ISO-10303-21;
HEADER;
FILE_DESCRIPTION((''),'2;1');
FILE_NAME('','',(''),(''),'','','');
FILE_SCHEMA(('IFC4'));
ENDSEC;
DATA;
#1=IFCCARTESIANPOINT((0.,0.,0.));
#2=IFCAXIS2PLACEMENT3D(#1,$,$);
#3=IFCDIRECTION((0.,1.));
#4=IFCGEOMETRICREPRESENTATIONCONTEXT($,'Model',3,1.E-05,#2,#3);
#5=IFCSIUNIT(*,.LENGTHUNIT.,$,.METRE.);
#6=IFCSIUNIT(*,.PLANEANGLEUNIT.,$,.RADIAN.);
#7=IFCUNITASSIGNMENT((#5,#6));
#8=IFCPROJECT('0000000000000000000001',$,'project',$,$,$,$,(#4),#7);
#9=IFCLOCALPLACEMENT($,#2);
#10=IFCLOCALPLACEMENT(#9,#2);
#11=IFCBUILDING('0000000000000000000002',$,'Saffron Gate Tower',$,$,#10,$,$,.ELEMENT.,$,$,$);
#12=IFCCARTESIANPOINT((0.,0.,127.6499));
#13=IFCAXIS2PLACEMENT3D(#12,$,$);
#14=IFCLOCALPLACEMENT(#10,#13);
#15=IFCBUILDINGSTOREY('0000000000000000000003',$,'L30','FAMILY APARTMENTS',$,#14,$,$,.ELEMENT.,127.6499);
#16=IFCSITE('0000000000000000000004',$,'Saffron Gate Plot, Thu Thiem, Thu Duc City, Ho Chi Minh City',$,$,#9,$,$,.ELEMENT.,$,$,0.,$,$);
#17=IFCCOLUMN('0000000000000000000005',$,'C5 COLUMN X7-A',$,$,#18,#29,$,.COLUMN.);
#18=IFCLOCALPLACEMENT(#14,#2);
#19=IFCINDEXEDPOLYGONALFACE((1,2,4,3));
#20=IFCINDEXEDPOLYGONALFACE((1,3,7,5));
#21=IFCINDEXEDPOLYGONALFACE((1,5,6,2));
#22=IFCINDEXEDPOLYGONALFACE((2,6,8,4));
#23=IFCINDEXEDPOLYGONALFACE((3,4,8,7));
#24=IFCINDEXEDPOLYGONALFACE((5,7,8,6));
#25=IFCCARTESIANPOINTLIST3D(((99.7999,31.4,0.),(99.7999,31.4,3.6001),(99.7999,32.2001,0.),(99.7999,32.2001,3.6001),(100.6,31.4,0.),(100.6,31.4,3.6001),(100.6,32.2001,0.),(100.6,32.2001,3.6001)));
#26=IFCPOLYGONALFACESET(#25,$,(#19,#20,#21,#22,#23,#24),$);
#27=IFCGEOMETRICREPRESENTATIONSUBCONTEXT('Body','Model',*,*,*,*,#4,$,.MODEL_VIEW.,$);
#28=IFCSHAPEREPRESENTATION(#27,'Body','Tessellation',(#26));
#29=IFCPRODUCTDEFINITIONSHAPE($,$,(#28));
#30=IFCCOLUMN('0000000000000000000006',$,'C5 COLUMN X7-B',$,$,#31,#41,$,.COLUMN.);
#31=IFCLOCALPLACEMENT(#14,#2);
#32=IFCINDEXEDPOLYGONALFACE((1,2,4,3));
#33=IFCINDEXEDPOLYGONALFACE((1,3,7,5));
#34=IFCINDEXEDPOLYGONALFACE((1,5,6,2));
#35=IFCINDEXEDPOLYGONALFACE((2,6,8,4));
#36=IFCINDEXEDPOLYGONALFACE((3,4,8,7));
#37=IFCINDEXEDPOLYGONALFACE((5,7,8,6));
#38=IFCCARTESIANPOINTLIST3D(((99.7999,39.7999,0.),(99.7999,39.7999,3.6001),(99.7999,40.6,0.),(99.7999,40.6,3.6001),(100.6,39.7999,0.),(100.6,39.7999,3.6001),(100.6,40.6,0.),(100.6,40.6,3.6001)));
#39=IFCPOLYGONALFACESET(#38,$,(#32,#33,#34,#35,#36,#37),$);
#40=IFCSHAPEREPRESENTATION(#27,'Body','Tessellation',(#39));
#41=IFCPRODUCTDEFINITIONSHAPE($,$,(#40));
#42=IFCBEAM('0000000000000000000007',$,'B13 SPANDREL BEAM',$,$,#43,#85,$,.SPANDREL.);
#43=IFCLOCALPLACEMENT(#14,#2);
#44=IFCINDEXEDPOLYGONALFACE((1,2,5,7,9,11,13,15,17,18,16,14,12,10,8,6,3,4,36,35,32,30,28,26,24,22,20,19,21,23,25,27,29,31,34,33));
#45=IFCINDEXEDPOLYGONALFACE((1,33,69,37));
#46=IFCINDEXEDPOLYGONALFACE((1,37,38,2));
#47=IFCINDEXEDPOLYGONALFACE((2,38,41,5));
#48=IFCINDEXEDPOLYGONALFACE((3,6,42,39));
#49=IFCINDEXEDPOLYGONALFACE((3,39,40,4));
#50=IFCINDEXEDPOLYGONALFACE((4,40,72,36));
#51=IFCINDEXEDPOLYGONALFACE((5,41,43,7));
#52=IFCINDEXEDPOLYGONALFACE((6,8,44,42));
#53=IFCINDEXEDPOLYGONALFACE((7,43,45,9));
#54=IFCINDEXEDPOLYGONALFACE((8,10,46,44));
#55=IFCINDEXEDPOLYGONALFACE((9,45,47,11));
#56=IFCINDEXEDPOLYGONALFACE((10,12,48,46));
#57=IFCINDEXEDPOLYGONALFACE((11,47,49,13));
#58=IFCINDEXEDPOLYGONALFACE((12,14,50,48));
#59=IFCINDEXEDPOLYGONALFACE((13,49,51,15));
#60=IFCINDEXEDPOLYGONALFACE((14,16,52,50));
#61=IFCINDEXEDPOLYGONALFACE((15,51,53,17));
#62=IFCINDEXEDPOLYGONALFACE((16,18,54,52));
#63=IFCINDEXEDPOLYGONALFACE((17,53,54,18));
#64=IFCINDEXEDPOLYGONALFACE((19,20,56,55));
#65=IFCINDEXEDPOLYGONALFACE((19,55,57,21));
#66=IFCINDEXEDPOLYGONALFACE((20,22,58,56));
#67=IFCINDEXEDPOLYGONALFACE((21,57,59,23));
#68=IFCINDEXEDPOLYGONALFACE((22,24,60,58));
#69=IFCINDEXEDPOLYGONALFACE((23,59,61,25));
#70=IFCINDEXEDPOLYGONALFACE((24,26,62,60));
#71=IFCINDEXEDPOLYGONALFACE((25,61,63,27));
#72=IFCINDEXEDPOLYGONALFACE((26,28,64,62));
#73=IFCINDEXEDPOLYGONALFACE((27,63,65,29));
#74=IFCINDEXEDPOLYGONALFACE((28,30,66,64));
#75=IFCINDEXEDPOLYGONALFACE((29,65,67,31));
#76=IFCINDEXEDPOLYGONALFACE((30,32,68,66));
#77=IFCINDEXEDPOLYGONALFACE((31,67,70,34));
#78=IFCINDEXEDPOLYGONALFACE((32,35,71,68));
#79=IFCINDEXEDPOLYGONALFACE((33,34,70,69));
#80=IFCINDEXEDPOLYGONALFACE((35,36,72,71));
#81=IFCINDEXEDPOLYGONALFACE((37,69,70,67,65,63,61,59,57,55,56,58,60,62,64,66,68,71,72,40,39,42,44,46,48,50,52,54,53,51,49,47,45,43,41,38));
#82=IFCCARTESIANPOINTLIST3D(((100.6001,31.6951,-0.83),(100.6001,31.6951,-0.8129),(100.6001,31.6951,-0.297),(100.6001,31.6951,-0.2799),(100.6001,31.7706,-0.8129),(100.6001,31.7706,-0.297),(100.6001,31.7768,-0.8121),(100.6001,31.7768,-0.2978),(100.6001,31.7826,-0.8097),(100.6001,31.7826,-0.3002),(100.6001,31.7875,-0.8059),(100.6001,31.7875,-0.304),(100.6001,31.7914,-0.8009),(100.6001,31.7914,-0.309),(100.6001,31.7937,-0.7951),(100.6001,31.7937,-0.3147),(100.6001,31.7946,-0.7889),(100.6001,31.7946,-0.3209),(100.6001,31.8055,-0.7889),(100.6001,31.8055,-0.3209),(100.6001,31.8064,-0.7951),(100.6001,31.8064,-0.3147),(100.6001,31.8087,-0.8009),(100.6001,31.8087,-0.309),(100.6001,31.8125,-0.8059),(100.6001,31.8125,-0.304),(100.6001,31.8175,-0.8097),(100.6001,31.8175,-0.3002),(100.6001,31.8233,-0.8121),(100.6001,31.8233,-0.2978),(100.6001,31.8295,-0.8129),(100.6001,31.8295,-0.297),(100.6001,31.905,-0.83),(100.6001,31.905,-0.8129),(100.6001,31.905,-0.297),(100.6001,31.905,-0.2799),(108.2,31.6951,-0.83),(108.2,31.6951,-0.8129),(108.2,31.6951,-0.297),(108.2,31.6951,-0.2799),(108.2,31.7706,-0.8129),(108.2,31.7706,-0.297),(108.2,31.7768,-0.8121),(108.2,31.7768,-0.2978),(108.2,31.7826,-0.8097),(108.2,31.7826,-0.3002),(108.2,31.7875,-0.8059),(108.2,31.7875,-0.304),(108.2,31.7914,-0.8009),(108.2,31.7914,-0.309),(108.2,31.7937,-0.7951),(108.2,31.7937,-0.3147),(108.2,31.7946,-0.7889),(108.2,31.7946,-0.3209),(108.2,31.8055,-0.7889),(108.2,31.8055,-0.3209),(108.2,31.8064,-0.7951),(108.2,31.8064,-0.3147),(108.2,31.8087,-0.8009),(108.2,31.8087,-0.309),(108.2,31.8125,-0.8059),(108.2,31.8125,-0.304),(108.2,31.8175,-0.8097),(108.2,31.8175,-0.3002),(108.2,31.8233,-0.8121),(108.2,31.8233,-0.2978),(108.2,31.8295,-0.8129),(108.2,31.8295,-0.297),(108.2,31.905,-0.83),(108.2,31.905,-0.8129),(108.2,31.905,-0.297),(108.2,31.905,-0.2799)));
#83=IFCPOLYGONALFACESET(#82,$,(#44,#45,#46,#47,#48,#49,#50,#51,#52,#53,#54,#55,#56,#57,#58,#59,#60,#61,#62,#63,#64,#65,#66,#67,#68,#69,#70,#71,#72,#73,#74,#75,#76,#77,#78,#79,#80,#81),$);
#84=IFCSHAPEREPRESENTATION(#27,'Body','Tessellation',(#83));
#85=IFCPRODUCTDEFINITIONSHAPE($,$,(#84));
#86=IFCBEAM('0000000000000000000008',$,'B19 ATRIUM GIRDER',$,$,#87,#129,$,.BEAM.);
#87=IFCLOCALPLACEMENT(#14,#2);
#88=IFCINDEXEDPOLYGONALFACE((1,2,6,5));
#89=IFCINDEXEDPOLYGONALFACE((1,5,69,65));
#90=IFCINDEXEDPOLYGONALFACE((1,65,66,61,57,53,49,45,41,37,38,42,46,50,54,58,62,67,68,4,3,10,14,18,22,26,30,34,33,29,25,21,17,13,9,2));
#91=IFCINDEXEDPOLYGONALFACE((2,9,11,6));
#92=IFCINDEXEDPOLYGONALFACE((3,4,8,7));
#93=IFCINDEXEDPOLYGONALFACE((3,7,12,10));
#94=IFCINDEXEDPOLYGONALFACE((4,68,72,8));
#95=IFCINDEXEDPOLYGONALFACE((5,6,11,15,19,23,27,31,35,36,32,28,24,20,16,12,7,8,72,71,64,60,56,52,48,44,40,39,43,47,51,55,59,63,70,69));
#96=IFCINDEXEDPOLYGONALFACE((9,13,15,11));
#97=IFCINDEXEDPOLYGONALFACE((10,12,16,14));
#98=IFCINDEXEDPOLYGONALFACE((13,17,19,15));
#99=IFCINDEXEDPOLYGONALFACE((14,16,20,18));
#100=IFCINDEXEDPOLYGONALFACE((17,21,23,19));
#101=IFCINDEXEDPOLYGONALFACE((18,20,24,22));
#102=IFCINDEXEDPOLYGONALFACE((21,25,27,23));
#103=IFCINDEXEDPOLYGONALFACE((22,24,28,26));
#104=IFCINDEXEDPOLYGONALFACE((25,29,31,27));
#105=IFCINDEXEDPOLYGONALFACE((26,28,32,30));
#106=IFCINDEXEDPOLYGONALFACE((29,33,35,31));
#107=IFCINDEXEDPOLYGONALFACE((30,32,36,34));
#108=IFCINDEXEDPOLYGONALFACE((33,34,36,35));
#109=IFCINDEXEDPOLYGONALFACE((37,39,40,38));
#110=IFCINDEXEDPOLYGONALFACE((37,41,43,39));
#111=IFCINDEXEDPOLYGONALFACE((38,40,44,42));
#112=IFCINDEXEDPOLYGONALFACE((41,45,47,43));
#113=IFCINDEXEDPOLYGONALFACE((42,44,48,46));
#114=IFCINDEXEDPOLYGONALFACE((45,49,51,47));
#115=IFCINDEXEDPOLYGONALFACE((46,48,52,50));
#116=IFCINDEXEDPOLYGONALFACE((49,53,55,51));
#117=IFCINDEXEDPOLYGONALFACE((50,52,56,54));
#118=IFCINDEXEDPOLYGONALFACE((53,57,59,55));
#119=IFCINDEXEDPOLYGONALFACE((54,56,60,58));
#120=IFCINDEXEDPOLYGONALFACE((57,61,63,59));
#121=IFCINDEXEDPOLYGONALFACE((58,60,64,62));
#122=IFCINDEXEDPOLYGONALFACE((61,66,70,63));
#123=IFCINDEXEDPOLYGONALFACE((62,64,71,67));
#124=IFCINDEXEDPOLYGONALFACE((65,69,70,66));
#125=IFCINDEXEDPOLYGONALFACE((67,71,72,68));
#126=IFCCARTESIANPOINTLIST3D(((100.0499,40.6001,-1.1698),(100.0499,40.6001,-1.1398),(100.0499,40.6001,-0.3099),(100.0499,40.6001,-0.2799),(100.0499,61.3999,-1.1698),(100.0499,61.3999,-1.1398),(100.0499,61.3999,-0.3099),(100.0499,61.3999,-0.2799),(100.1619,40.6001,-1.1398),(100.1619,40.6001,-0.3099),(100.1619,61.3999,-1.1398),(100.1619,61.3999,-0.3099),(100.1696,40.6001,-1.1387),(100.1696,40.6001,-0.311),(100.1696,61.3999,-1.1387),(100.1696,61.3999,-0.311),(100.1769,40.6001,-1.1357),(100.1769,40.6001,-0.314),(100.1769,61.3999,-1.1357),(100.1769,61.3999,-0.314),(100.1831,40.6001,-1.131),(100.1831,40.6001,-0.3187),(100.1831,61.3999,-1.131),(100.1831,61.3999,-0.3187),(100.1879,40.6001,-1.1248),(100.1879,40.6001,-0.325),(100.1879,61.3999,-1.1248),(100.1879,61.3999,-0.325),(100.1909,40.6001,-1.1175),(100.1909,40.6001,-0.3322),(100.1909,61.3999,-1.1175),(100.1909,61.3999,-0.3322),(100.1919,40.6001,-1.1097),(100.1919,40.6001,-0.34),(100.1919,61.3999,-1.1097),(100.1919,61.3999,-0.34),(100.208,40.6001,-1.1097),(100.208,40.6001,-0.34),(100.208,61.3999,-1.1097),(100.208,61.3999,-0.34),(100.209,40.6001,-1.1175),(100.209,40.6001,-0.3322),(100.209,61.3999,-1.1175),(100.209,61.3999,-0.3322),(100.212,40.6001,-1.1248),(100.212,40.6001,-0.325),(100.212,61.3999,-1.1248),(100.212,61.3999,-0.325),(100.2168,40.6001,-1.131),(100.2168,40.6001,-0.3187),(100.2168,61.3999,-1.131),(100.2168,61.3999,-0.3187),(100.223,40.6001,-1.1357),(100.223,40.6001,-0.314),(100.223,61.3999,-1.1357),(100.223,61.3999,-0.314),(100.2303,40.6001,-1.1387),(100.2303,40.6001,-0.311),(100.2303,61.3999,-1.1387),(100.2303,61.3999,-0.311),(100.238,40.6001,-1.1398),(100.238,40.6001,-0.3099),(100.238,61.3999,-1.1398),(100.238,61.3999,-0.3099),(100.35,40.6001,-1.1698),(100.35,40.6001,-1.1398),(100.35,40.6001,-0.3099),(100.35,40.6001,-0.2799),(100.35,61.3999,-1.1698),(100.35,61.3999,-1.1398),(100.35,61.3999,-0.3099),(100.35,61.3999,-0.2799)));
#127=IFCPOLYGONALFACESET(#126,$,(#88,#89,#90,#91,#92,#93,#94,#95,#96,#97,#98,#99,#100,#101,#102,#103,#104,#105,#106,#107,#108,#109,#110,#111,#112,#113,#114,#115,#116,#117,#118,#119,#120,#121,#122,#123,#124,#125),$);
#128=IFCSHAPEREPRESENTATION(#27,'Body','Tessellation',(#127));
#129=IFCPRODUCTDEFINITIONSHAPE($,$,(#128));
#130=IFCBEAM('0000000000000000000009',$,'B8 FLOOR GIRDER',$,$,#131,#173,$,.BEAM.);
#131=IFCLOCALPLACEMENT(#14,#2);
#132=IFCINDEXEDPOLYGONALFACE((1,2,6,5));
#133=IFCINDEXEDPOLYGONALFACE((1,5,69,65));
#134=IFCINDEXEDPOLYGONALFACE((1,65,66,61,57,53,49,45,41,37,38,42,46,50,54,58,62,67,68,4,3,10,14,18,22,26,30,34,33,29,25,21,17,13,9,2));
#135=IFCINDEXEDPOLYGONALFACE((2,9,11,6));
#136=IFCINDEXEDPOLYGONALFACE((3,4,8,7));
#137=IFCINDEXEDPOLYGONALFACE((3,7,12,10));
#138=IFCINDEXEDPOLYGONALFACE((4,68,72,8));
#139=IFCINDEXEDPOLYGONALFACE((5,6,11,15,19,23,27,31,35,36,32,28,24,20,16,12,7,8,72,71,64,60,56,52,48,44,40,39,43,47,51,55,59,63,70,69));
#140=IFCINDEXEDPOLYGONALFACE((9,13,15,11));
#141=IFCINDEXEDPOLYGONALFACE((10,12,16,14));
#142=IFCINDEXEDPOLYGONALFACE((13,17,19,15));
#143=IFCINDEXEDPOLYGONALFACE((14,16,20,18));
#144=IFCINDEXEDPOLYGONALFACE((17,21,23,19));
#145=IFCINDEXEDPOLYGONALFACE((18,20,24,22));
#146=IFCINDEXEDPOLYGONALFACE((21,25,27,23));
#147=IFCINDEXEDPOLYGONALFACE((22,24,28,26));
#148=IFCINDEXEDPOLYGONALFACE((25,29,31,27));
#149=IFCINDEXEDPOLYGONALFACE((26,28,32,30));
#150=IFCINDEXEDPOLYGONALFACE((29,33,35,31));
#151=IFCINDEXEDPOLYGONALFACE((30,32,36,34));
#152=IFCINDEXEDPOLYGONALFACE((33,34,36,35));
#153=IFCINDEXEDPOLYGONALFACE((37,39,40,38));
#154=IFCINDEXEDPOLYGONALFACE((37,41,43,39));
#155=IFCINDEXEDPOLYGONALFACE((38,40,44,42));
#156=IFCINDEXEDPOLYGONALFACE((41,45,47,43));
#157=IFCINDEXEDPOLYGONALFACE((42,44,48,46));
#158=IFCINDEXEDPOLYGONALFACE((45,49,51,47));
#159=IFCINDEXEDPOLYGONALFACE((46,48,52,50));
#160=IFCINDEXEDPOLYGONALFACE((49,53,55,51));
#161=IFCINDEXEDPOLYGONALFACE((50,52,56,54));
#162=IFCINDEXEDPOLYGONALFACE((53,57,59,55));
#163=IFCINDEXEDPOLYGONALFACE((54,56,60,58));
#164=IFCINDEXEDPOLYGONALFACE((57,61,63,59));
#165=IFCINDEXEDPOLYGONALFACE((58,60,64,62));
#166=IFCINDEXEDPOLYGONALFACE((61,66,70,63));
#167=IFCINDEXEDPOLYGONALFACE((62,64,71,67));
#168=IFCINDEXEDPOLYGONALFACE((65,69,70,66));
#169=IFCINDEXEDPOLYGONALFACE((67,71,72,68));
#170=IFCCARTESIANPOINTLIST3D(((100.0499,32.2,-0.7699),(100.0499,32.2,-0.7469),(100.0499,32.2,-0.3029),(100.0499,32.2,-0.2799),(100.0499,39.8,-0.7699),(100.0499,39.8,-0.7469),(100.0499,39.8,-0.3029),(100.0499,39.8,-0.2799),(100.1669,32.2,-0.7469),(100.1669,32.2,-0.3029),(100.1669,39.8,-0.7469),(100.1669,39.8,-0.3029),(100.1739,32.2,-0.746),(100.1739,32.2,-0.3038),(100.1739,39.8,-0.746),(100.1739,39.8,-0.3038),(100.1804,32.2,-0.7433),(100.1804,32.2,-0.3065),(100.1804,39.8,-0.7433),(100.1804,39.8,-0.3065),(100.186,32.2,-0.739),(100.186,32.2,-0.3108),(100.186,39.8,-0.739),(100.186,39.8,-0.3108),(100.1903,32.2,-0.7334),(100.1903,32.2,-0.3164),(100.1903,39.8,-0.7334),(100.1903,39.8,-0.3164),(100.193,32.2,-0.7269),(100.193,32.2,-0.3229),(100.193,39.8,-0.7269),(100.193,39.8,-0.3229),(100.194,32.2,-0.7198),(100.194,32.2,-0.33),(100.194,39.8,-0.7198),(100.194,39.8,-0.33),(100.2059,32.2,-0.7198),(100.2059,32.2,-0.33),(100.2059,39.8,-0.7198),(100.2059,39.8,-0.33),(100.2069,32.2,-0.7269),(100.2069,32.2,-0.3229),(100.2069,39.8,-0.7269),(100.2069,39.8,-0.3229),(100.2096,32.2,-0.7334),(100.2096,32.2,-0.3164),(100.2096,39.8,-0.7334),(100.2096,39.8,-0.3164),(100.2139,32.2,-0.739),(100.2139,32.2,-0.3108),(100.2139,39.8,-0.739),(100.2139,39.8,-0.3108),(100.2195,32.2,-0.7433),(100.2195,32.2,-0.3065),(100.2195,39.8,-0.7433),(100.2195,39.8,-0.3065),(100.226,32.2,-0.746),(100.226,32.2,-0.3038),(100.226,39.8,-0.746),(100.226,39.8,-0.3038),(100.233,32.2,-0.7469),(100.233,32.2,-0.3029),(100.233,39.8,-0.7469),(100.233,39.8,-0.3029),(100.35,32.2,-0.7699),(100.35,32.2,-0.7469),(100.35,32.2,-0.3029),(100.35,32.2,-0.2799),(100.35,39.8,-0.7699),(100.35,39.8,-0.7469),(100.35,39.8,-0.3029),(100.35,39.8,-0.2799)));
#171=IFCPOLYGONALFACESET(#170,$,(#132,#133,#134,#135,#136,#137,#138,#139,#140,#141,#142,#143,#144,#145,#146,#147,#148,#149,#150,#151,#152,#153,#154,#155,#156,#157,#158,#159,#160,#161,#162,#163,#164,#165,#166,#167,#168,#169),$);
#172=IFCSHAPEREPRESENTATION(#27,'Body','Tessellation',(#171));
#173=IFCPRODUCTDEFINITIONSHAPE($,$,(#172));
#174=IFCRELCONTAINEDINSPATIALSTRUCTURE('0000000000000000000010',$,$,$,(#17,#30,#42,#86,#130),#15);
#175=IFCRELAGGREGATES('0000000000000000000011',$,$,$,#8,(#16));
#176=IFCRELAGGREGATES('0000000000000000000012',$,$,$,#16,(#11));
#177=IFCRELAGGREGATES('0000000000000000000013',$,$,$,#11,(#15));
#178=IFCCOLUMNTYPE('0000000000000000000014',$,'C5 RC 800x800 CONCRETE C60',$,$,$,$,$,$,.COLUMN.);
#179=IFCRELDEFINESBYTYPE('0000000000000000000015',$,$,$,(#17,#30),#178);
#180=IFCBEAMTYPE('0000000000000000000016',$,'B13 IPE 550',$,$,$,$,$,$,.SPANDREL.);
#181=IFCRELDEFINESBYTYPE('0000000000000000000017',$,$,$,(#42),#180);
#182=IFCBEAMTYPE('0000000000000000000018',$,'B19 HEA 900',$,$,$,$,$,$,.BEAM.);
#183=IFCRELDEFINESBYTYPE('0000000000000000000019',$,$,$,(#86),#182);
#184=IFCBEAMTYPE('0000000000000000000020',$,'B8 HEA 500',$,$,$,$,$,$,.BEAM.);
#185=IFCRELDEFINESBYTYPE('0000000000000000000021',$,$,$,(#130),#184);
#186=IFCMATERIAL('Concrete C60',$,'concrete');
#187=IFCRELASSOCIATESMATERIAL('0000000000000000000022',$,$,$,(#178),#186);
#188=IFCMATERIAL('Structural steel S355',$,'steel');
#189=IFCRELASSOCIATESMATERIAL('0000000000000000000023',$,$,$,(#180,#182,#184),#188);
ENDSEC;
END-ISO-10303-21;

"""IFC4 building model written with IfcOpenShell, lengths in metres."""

from ifc_helpers import new_model, si_unit, direction, frame, origin, origin_2d, place, context, subcontext, project, spatial, rectangle, i_section, extrude, material, material_profile, profile_set, type_object, element, save


model = new_model("IFC4")

# Units and contexts
model_context = context("Model", 3, precision=1e-05, world=origin(), true_north=direction((0.0, 1.0)))
body_context = subcontext(model_context, "Body", "Model", "MODEL_VIEW")
ifc_project = project(units=[si_unit("LENGTHUNIT", "METRE"), si_unit("PLANEANGLEUNIT", "RADIAN")], contexts=[model_context])

# Site, building, storey
site_placement = place(None, origin())
site = spatial("IfcSite", under=ifc_project, at=site_placement, Name="Saffron Gate Plot, Thu Thiem, Thu Duc City, Ho Chi Minh City", CompositionType="ELEMENT", RefElevation=0.0)
building_placement = place(site_placement, origin())
building = spatial("IfcBuilding", under=site, at=building_placement, Name="Saffron Gate Tower", CompositionType="ELEMENT")
storey_placement = place(building_placement, frame((0.0, 0.0, 127.6499)))
storey = spatial("IfcBuildingStorey", under=building, at=storey_placement, Name="L30", Description="FAMILY APARTMENTS", CompositionType="ELEMENT", Elevation=127.6499)

# Columns
ifc_material_1 = material(Name="Concrete C60", Category="concrete")
ifc_material_profile_1 = material_profile(ifc_material_1, rectangle(XDim=0.8, YDim=0.8, at=origin_2d()))
ifc_profile_set_1 = profile_set([ifc_material_profile_1], Name="Concrete C60")
column_type = type_object("IfcColumnType", Name="C5 RC 800x800 CONCRETE C60", PredefinedType="COLUMN", material=ifc_profile_set_1)
for number, where, z_axis, x_axis, name in (
    (1, (100.2, 31.8, 0.0), (0.0, 0.0, 1.0), (1.0, 0.0, 0.0), "C5 COLUMN X7-A"),
    (2, (100.2, 40.2, 0.0), (0.0, 0.0, 1.0), (1.0, 0.0, 0.0), "C5 COLUMN X7-B"),
):
    element("IfcColumn", number, at=place(storey_placement, frame(where, z_axis=z_axis, x_axis=x_axis)), inside=storey, type_object=column_type, Name=name, PredefinedType="COLUMN", context=body_context, shape_type="SweptSolid", body=[
        extrude(rectangle(XDim=0.8, YDim=0.8, at=origin_2d()), origin(), (0.0, 0.0, 1.0), 3.6001),
    ])

# Beams
ifc_material_2 = material(Name="Structural steel S355", Category="steel")
ifc_material_profile_2 = material_profile(ifc_material_2, i_section(OverallWidth=0.21, OverallDepth=0.55, WebThickness=0.011, FlangeThickness=0.0171, FilletRadius=0.0239, at=origin_2d()))
ifc_profile_set_2 = profile_set([ifc_material_profile_2], Name="Structural steel S355")
beam_type_1 = type_object("IfcBeamType", Name="B13 IPE 550", PredefinedType="SPANDREL", material=ifc_profile_set_2)
beam_1_placement = place(storey_placement, frame((100.6001, 31.8, -0.5549), z_axis=(1.0, 0.0, 0.0), x_axis=(0.0, 1.0, 0.0)))
element("IfcBeam", 3, at=beam_1_placement, inside=storey, type_object=beam_type_1, Name="B13 SPANDREL BEAM", PredefinedType="SPANDREL", context=body_context, shape_type="SweptSolid", body=[
    extrude(i_section(OverallWidth=0.21, OverallDepth=0.55, WebThickness=0.011, FlangeThickness=0.0171, FilletRadius=0.0239, at=origin_2d()), origin(), (0.0, 0.0, 1.0), 7.5999),
])
ifc_material_profile_3 = material_profile(ifc_material_2, i_section(OverallWidth=0.3, OverallDepth=0.8899, WebThickness=0.0161, FlangeThickness=0.03, FilletRadius=0.03, at=origin_2d()))
ifc_profile_set_3 = profile_set([ifc_material_profile_3], Name="Structural steel S355")
beam_type_2 = type_object("IfcBeamType", Name="B19 HEA 900", PredefinedType="BEAM", material=ifc_profile_set_3)
beam_2_placement = place(storey_placement, frame((100.2, 40.6001, -0.7249), z_axis=(0.0, 1.0, 0.0), x_axis=(-1.0, 0.0, 0.0)))
element("IfcBeam", 4, at=beam_2_placement, inside=storey, type_object=beam_type_2, Name="B19 ATRIUM GIRDER", PredefinedType="BEAM", context=body_context, shape_type="SweptSolid", body=[
    extrude(i_section(OverallWidth=0.3, OverallDepth=0.8899, WebThickness=0.0161, FlangeThickness=0.03, FilletRadius=0.03, at=origin_2d()), origin(), (0.0, 0.0, 1.0), 20.7998),
])
ifc_material_profile_4 = material_profile(ifc_material_2, i_section(OverallWidth=0.3, OverallDepth=0.49, WebThickness=0.012, FlangeThickness=0.0229, FilletRadius=0.0271, at=origin_2d()))
ifc_profile_set_4 = profile_set([ifc_material_profile_4], Name="Structural steel S355")
beam_type_3 = type_object("IfcBeamType", Name="B8 HEA 500", PredefinedType="BEAM", material=ifc_profile_set_4)
beam_3_placement = place(storey_placement, frame((100.2, 32.2, -0.5249), z_axis=(0.0, 1.0, 0.0), x_axis=(-1.0, 0.0, 0.0)))
element("IfcBeam", 5, at=beam_3_placement, inside=storey, type_object=beam_type_3, Name="B8 FLOOR GIRDER", PredefinedType="BEAM", context=body_context, shape_type="SweptSolid", body=[
    extrude(i_section(OverallWidth=0.3, OverallDepth=0.49, WebThickness=0.012, FlangeThickness=0.0229, FilletRadius=0.0271, at=origin_2d()), origin(), (0.0, 0.0, 1.0), 7.6001),
])

save(model, "model.ifc")
